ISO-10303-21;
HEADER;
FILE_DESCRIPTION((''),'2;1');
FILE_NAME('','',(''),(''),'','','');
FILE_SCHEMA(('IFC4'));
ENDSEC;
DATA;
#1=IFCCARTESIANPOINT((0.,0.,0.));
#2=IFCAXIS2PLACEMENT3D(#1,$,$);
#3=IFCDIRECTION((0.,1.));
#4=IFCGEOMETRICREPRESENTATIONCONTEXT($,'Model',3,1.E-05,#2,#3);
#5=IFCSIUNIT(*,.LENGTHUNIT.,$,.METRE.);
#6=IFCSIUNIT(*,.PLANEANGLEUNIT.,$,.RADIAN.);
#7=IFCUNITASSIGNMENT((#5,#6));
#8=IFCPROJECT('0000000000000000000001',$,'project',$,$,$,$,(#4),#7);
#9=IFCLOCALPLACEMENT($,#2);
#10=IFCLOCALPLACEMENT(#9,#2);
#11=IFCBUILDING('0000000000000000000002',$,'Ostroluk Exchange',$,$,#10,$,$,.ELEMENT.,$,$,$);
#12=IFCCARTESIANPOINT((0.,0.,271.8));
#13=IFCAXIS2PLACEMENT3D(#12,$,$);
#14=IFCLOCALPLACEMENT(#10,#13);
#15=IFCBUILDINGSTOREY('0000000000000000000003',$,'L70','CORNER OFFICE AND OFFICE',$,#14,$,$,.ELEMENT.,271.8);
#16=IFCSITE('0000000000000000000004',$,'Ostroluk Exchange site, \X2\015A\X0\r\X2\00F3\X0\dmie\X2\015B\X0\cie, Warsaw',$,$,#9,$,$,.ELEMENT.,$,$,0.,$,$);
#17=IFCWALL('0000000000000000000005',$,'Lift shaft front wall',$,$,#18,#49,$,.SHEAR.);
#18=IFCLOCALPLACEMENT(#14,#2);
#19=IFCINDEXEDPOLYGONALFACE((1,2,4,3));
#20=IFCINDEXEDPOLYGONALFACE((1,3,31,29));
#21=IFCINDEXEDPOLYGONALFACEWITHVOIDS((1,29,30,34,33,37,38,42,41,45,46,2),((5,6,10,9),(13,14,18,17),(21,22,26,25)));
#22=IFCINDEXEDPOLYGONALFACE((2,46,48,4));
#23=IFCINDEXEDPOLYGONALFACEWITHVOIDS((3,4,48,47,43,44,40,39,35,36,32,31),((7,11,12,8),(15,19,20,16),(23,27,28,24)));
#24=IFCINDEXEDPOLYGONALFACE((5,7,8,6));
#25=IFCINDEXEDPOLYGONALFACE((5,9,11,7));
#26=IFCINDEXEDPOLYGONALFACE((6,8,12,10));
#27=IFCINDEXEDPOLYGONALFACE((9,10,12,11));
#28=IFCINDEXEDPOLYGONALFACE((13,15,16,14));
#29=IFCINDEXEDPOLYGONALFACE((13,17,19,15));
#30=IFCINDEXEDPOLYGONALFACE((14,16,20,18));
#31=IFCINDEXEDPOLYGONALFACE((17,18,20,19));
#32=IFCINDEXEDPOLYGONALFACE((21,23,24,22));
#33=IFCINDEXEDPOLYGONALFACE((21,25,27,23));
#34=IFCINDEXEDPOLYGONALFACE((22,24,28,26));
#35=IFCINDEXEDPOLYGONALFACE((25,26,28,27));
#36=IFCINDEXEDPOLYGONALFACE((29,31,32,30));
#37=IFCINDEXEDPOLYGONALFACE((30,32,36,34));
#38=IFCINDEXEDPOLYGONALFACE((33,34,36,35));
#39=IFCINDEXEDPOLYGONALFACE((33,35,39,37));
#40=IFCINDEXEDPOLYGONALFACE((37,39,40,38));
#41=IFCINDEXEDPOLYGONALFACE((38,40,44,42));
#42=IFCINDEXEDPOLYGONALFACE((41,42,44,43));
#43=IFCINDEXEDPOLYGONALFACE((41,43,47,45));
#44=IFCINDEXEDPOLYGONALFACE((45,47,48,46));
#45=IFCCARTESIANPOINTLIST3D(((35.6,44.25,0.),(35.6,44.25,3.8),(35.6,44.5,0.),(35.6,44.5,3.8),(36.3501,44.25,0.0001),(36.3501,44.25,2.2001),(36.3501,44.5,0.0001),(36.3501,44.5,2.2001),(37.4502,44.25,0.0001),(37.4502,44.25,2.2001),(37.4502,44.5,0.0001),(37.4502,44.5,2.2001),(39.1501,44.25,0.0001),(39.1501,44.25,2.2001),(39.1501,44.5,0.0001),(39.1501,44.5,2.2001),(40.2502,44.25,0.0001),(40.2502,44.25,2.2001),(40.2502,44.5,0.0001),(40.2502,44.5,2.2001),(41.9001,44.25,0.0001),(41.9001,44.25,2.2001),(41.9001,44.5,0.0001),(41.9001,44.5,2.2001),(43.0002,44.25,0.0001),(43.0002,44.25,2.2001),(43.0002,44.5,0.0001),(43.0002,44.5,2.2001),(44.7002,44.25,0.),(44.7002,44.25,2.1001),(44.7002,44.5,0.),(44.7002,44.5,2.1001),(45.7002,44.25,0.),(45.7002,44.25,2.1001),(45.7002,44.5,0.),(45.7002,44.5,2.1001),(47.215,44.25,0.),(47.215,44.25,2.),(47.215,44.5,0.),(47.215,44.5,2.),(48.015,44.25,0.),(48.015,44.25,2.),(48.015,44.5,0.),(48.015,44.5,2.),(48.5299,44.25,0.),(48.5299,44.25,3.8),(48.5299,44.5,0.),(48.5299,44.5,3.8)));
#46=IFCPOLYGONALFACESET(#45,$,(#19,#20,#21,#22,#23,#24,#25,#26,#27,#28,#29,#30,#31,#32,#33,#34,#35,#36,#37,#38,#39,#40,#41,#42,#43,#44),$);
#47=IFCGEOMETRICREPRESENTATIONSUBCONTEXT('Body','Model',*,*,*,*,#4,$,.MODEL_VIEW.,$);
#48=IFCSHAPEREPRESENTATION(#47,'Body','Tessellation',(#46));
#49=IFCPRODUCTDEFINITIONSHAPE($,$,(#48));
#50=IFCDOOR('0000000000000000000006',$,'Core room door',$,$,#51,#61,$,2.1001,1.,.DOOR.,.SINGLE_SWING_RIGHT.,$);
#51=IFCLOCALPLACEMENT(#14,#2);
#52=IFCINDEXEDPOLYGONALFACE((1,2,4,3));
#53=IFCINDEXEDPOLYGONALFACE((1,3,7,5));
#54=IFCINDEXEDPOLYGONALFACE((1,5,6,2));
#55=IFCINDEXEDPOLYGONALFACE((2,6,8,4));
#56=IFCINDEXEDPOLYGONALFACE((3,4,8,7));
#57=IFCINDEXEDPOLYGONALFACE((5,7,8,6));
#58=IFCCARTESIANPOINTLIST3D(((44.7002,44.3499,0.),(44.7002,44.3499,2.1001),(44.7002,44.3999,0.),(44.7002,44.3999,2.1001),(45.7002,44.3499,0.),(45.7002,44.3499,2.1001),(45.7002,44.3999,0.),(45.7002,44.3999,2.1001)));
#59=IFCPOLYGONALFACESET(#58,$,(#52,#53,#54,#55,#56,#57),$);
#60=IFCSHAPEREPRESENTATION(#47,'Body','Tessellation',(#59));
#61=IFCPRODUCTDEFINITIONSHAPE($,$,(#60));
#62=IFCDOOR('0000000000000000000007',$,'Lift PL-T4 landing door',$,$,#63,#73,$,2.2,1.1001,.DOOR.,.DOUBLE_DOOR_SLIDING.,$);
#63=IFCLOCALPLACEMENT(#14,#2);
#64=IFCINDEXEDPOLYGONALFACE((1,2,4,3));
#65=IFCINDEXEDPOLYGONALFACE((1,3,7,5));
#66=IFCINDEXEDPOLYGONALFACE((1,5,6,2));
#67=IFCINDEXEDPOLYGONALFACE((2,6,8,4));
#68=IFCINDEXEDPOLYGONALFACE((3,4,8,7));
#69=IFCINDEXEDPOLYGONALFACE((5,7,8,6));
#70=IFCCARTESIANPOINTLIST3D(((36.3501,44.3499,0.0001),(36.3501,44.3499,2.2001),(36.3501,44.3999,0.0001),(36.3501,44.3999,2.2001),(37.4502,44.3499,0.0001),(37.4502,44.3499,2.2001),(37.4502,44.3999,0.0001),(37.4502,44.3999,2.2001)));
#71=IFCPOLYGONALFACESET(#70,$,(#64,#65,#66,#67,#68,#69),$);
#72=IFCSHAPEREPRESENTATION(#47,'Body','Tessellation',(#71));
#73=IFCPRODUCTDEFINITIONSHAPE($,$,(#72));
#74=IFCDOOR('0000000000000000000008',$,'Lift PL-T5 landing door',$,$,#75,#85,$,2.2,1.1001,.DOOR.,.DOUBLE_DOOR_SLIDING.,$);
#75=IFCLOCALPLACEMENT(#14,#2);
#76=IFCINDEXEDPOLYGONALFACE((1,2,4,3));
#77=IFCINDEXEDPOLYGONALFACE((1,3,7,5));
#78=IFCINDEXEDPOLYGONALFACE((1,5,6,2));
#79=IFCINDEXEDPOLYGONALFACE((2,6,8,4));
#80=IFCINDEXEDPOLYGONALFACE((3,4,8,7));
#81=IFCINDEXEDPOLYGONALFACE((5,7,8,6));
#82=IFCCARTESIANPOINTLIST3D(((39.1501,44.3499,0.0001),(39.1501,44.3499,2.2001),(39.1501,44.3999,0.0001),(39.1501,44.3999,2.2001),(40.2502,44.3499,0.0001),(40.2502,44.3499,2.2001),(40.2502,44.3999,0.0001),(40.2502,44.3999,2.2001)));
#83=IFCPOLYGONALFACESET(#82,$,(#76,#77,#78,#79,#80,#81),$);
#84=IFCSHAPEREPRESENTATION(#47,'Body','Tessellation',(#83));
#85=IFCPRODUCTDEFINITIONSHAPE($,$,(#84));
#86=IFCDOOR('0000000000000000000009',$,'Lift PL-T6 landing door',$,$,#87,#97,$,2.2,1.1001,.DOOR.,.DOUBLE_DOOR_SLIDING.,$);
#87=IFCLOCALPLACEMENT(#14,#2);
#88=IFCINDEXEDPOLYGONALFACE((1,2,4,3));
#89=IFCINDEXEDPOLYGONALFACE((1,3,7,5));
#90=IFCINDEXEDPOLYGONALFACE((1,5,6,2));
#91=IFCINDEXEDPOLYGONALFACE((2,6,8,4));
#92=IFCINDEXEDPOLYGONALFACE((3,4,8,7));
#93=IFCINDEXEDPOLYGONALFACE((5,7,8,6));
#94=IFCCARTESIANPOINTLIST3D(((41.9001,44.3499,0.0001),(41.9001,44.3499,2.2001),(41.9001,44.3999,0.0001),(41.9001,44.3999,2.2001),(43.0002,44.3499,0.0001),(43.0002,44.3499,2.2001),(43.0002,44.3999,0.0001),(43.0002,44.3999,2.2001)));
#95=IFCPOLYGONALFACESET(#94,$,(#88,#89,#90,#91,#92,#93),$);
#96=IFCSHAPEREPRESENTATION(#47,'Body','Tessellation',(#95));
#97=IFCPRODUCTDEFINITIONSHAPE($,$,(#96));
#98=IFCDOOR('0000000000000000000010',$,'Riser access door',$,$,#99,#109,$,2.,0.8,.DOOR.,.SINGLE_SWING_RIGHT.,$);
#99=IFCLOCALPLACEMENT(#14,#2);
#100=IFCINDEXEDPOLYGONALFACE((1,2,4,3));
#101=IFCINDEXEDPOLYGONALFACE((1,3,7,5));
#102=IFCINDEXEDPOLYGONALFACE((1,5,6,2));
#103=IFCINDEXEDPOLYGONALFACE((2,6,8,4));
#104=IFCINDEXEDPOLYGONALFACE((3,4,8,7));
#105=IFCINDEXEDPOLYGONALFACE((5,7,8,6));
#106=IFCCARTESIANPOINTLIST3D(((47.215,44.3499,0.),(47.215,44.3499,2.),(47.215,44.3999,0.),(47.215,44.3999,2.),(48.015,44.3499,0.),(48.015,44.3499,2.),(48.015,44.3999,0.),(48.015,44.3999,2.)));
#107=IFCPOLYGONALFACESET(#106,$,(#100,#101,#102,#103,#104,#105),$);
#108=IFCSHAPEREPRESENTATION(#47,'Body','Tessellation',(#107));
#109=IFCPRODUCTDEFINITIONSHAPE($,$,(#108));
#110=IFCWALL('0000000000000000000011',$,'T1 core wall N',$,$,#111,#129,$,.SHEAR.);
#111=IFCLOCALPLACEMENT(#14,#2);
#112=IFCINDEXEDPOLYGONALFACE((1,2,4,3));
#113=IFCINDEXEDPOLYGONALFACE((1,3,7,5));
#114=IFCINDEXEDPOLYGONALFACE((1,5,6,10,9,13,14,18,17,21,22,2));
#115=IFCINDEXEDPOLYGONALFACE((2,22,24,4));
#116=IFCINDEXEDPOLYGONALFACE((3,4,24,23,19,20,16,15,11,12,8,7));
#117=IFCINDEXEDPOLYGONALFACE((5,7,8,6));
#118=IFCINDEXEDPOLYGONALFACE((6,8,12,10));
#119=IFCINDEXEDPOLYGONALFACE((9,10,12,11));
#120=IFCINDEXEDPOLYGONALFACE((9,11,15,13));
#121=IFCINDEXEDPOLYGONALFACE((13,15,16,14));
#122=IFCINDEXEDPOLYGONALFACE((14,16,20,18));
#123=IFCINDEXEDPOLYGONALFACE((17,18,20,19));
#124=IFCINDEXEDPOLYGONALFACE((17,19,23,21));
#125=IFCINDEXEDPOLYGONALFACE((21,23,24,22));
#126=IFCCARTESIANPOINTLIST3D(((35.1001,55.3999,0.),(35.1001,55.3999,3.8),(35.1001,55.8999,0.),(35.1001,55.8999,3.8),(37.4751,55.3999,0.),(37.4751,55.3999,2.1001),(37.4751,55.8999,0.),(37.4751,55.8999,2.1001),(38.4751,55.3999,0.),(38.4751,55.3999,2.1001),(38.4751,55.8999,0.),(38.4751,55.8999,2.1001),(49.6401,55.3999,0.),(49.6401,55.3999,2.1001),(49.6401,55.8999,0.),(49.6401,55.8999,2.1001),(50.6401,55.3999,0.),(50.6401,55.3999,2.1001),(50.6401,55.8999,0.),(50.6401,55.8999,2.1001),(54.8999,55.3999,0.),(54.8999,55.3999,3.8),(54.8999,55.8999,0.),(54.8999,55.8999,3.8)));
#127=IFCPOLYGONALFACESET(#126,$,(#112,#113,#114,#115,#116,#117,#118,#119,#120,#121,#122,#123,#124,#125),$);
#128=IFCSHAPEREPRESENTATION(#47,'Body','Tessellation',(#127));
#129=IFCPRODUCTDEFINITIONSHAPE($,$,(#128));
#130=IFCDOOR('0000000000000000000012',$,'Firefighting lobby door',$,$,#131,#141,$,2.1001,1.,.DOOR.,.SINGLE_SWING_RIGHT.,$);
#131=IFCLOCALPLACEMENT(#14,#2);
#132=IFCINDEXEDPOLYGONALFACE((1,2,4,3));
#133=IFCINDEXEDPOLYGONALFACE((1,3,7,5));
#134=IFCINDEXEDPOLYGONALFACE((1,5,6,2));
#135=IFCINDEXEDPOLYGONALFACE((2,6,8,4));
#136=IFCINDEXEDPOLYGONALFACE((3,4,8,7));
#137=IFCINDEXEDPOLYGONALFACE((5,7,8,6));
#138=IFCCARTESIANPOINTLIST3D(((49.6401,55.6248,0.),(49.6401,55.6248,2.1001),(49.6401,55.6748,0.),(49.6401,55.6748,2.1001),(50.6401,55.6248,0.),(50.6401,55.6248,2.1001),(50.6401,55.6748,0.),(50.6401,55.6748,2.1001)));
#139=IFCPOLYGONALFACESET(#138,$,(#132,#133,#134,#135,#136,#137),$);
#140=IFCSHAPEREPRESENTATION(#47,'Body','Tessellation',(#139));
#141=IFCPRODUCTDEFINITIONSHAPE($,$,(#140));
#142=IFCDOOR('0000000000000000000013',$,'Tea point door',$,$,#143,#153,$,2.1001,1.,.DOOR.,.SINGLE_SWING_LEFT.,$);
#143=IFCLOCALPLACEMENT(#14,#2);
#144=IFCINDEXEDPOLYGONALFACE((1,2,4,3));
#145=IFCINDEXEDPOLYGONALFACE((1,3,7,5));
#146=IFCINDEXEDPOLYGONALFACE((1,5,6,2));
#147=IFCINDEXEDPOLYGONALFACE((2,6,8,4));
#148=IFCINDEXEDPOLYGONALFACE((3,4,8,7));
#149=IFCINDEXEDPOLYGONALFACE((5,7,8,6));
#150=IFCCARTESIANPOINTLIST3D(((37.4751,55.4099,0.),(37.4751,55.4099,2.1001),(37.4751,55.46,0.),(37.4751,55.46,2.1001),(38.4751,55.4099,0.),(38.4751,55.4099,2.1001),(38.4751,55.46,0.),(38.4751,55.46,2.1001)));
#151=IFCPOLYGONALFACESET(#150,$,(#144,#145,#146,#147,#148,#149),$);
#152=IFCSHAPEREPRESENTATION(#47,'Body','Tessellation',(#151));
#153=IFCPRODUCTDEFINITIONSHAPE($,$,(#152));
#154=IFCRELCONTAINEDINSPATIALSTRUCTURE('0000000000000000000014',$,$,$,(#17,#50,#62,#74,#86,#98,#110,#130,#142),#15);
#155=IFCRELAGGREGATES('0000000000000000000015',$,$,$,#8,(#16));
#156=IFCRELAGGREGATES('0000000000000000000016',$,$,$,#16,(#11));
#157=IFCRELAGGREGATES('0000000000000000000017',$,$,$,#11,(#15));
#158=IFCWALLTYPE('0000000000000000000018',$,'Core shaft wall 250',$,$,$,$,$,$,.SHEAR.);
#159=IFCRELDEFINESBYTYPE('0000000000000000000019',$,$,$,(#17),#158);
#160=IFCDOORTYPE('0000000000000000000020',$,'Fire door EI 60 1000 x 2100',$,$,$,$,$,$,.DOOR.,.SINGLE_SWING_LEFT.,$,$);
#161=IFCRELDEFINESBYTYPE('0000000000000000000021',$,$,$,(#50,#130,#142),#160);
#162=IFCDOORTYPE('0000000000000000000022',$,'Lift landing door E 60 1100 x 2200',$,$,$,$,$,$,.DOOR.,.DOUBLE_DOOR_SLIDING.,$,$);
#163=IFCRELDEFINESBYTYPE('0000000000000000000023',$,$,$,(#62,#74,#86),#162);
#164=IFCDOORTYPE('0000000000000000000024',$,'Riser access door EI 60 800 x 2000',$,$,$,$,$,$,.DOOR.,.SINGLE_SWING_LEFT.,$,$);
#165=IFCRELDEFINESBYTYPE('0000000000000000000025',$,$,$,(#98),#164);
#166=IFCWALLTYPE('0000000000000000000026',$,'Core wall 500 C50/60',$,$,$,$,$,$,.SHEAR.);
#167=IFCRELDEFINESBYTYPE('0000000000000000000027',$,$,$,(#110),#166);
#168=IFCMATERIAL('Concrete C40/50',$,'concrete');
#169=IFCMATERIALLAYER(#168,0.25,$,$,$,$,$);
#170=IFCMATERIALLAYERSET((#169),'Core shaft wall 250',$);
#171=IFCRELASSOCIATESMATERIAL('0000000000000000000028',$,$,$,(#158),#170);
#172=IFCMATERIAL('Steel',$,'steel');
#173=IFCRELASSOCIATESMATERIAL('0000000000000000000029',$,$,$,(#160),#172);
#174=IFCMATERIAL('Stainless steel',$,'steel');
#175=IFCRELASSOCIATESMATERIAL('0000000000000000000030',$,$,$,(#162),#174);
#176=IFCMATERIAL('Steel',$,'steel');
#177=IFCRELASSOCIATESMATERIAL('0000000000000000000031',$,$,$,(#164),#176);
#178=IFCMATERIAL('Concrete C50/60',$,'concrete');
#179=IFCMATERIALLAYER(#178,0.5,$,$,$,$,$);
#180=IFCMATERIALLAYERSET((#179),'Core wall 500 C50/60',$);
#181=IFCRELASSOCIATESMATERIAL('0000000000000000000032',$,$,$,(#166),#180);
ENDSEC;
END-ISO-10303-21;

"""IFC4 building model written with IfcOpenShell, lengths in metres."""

from ifc_helpers import new_model, si_unit, direction, frame, frame_2d, origin, place, context, subcontext, project, spatial, rectangle, extrude, material, layer, layer_set, type_object, element, fill, save


model = new_model("IFC4")

# Units and contexts
model_context = context("Model", 3, precision=1e-05, world=origin(), true_north=direction((0.0, 1.0)))
body_context = subcontext(model_context, "Body", "Model", "MODEL_VIEW")
ifc_project = project(units=[si_unit("LENGTHUNIT", "METRE"), si_unit("PLANEANGLEUNIT", "RADIAN")], contexts=[model_context])

# Site, building, storey
site_placement = place(None, origin())
site = spatial("IfcSite", under=ifc_project, at=site_placement, Name="Ostroluk Exchange site, Śródmieście, Warsaw", CompositionType="ELEMENT", RefElevation=0.0)
building_placement = place(site_placement, origin())
building = spatial("IfcBuilding", under=site, at=building_placement, Name="Ostroluk Exchange", CompositionType="ELEMENT")
storey_placement = place(building_placement, frame((0.0, 0.0, 271.8)))
storey = spatial("IfcBuildingStorey", under=building, at=storey_placement, Name="L70", Description="CORNER OFFICE AND OFFICE", CompositionType="ELEMENT", Elevation=271.8)

# Shared definitions
ifc_material_1 = material(Name="Concrete C40/50", Category="concrete")
ifc_layer_1 = layer(ifc_material_1, 0.25)
ifc_layer_set_1 = layer_set([ifc_layer_1], Name="Core shaft wall 250")
wall_type_1 = type_object("IfcWallType", Name="Core shaft wall 250", PredefinedType="SHEAR", material=ifc_layer_set_1)

# Walls, openings, doors
ifc_material_2 = material(Name="Steel", Category="steel")
door_type_1 = type_object("IfcDoorType", Name="Fire door EI 60 1000 x 2100", OperationType="SINGLE_SWING_LEFT", PredefinedType="DOOR", material=ifc_material_2)
ifc_material_3 = material(Name="Stainless steel", Category="steel")
door_type_2 = type_object("IfcDoorType", Name="Lift landing door E 60 1100 x 2200", OperationType="DOUBLE_DOOR_SLIDING", PredefinedType="DOOR", material=ifc_material_3)
ifc_material_4 = material(Name="Steel", Category="steel")
door_type_3 = type_object("IfcDoorType", Name="Riser access door EI 60 800 x 2000", OperationType="SINGLE_SWING_LEFT", PredefinedType="DOOR", material=ifc_material_4)
wall_1_placement = place(storey_placement, frame((35.6001, 44.375, 0.0), z_axis=(0.0, 0.0, 1.0), x_axis=(1.0, 0.0, 0.0)))
wall_1 = element("IfcWall", 1, at=wall_1_placement, inside=storey, type_object=wall_type_1, Name="Lift shaft front wall", PredefinedType="SHEAR", context=body_context, shape_type="SweptSolid", body=[
    extrude(rectangle(XDim=12.9299, YDim=0.25, at=frame_2d((6.4648, 0.0))), origin(), (0.0, 0.0, 1.0), 3.8),
])
opening_1_placement = place(wall_1_placement, frame((0.75, 0.0, 0.0)))
opening_1 = element("IfcOpeningElement", 2, at=opening_1_placement, cuts=wall_1, PredefinedType="OPENING", context=body_context, shape_type="SweptSolid", body=[
    extrude(rectangle(XDim=1.1001, YDim=2.2, at=frame_2d((0.55, 1.1001))), frame((0.0, 0.135, 0.0), z_axis=(0.0, -1.0, 0.0), x_axis=(1.0, 0.0, 0.0)), (0.0, 0.0, 1.0), 0.27),
])
opening_2_placement = place(wall_1_placement, frame((3.55, 0.0, 0.0)))
opening_2 = element("IfcOpeningElement", 3, at=opening_2_placement, cuts=wall_1, PredefinedType="OPENING", context=body_context, shape_type="SweptSolid", body=[
    extrude(rectangle(XDim=1.1001, YDim=2.2, at=frame_2d((0.55, 1.1001))), frame((0.0, 0.135, 0.0), z_axis=(0.0, -1.0, 0.0), x_axis=(1.0, 0.0, 0.0)), (0.0, 0.0, 1.0), 0.27),
])
opening_3_placement = place(wall_1_placement, frame((6.3, 0.0, 0.0)))
opening_3 = element("IfcOpeningElement", 4, at=opening_3_placement, cuts=wall_1, PredefinedType="OPENING", context=body_context, shape_type="SweptSolid", body=[
    extrude(rectangle(XDim=1.1001, YDim=2.2, at=frame_2d((0.55, 1.1001))), frame((0.0, 0.135, 0.0), z_axis=(0.0, -1.0, 0.0), x_axis=(1.0, 0.0, 0.0)), (0.0, 0.0, 1.0), 0.27),
])
opening_4_placement = place(wall_1_placement, frame((9.1001, 0.0, 0.0)))
opening_4 = element("IfcOpeningElement", 5, at=opening_4_placement, cuts=wall_1, PredefinedType="OPENING", context=body_context, shape_type="SweptSolid", body=[
    extrude(rectangle(XDim=1.0, YDim=2.1001, at=frame_2d((0.5, 1.05))), frame((0.0, 0.135, 0.0), z_axis=(0.0, -1.0, 0.0), x_axis=(1.0, 0.0, 0.0)), (0.0, 0.0, 1.0), 0.27),
])
opening_5_placement = place(wall_1_placement, frame((11.615, 0.0, 0.0)))
opening_5 = element("IfcOpeningElement", 6, at=opening_5_placement, cuts=wall_1, PredefinedType="OPENING", context=body_context, shape_type="SweptSolid", body=[
    extrude(rectangle(XDim=0.8, YDim=2.0, at=frame_2d((0.3999, 1.0))), frame((0.0, 0.135, 0.0), z_axis=(0.0, -1.0, 0.0), x_axis=(1.0, 0.0, 0.0)), (0.0, 0.0, 1.0), 0.27),
])
door_1_placement = place(opening_4_placement, origin())
door_1 = element("IfcDoor", 7, at=door_1_placement, inside=storey, type_object=door_type_1, Name="Core room door", OperationType="SINGLE_SWING_RIGHT", OverallHeight=2.1001, OverallWidth=1.0, PredefinedType="DOOR", context=body_context, shape_type="SweptSolid", body=[
    extrude(rectangle(XDim=1.0, YDim=2.1001, at=frame_2d((0.5, 1.05))), frame((0.0, 0.0249, 0.0), z_axis=(0.0, -1.0, 0.0), x_axis=(1.0, 0.0, 0.0)), (0.0, 0.0, 1.0), 0.05),
])
fill(opening_4, door_1)
door_2_placement = place(opening_1_placement, origin())
door_2 = element("IfcDoor", 8, at=door_2_placement, inside=storey, type_object=door_type_2, Name="Lift PL-T4 landing door", OperationType="DOUBLE_DOOR_SLIDING", OverallHeight=2.2, OverallWidth=1.1001, PredefinedType="DOOR", context=body_context, shape_type="SweptSolid", body=[
    extrude(rectangle(XDim=1.1001, YDim=2.2, at=frame_2d((0.55, 1.1001))), frame((0.0, 0.0249, 0.0), z_axis=(0.0, -1.0, 0.0), x_axis=(1.0, 0.0, 0.0)), (0.0, 0.0, 1.0), 0.05),
])
fill(opening_1, door_2)
door_3_placement = place(opening_2_placement, origin())
door_3 = element("IfcDoor", 9, at=door_3_placement, inside=storey, type_object=door_type_2, Name="Lift PL-T5 landing door", OperationType="DOUBLE_DOOR_SLIDING", OverallHeight=2.2, OverallWidth=1.1001, PredefinedType="DOOR", context=body_context, shape_type="SweptSolid", body=[
    extrude(rectangle(XDim=1.1001, YDim=2.2, at=frame_2d((0.55, 1.1001))), frame((0.0, 0.0249, 0.0), z_axis=(0.0, -1.0, 0.0), x_axis=(1.0, 0.0, 0.0)), (0.0, 0.0, 1.0), 0.05),
])
fill(opening_2, door_3)
door_4_placement = place(opening_3_placement, origin())
door_4 = element("IfcDoor", 10, at=door_4_placement, inside=storey, type_object=door_type_2, Name="Lift PL-T6 landing door", OperationType="DOUBLE_DOOR_SLIDING", OverallHeight=2.2, OverallWidth=1.1001, PredefinedType="DOOR", context=body_context, shape_type="SweptSolid", body=[
    extrude(rectangle(XDim=1.1001, YDim=2.2, at=frame_2d((0.55, 1.1001))), frame((0.0, 0.0249, 0.0), z_axis=(0.0, -1.0, 0.0), x_axis=(1.0, 0.0, 0.0)), (0.0, 0.0, 1.0), 0.05),
])
fill(opening_3, door_4)
door_5_placement = place(opening_5_placement, origin())
door_5 = element("IfcDoor", 11, at=door_5_placement, inside=storey, type_object=door_type_3, Name="Riser access door", OperationType="SINGLE_SWING_RIGHT", OverallHeight=2.0, OverallWidth=0.8, PredefinedType="DOOR", context=body_context, shape_type="SweptSolid", body=[
    extrude(rectangle(XDim=0.8, YDim=2.0, at=frame_2d((0.3999, 1.0))), frame((0.0, 0.0249, 0.0), z_axis=(0.0, -1.0, 0.0), x_axis=(1.0, 0.0, 0.0)), (0.0, 0.0, 1.0), 0.05),
])
fill(opening_5, door_5)
ifc_material_5 = material(Name="Concrete C50/60", Category="concrete")
ifc_layer_2 = layer(ifc_material_5, 0.5)
ifc_layer_set_2 = layer_set([ifc_layer_2], Name="Core wall 500 C50/60")
wall_type_2 = type_object("IfcWallType", Name="Core wall 500 C50/60", PredefinedType="SHEAR", material=ifc_layer_set_2)
wall_2_placement = place(storey_placement, frame((35.1001, 55.6499, 0.0), z_axis=(0.0, 0.0, 1.0), x_axis=(1.0, 0.0, 0.0)))
wall_2 = element("IfcWall", 12, at=wall_2_placement, inside=storey, type_object=wall_type_2, Name="T1 core wall N", PredefinedType="SHEAR", context=body_context, shape_type="SweptSolid", body=[
    extrude(rectangle(XDim=19.7998, YDim=0.5, at=frame_2d((9.8999, 0.0))), origin(), (0.0, 0.0, 1.0), 3.8),
])
opening_6_placement = place(wall_2_placement, frame((14.54, 0.0, 0.0)))
opening_6 = element("IfcOpeningElement", 13, at=opening_6_placement, cuts=wall_2, PredefinedType="OPENING", context=body_context, shape_type="SweptSolid", body=[
    extrude(rectangle(XDim=1.0, YDim=2.1001, at=frame_2d((0.5, 1.05))), frame((0.0, 0.26, 0.0), z_axis=(0.0, -1.0, 0.0), x_axis=(1.0, 0.0, 0.0)), (0.0, 0.0, 1.0), 0.52),
])
opening_7_placement = place(wall_2_placement, frame((2.375, 0.0, 0.0)))
opening_7 = element("IfcOpeningElement", 14, at=opening_7_placement, cuts=wall_2, PredefinedType="OPENING", context=body_context, shape_type="SweptSolid", body=[
    extrude(rectangle(XDim=1.0, YDim=2.1001, at=frame_2d((0.5, 1.05))), frame((0.0, 0.26, 0.0), z_axis=(0.0, -1.0, 0.0), x_axis=(1.0, 0.0, 0.0)), (0.0, 0.0, 1.0), 0.52),
])
door_6_placement = place(opening_6_placement, origin())
door_6 = element("IfcDoor", 15, at=door_6_placement, inside=storey, type_object=door_type_1, Name="Firefighting lobby door", OperationType="SINGLE_SWING_RIGHT", OverallHeight=2.1001, OverallWidth=1.0, PredefinedType="DOOR", context=body_context, shape_type="SweptSolid", body=[
    extrude(rectangle(XDim=1.0, YDim=2.1001, at=frame_2d((0.5, 1.05))), frame((0.0, 0.0249, 0.0), z_axis=(0.0, -1.0, 0.0), x_axis=(1.0, 0.0, 0.0)), (0.0, 0.0, 1.0), 0.05),
])
fill(opening_6, door_6)
door_7_placement = place(opening_7_placement, origin())
door_7 = element("IfcDoor", 16, at=door_7_placement, inside=storey, type_object=door_type_1, Name="Tea point door", OperationType="SINGLE_SWING_LEFT", OverallHeight=2.1001, OverallWidth=1.0, PredefinedType="DOOR", context=body_context, shape_type="SweptSolid", body=[
    extrude(rectangle(XDim=1.0, YDim=2.1001, at=frame_2d((0.5, 1.05))), frame((0.0, -0.1899, 0.0), z_axis=(0.0, -1.0, 0.0), x_axis=(1.0, 0.0, 0.0)), (0.0, 0.0, 1.0), 0.05),
])
fill(opening_7, door_7)

save(model, "model.ifc")
